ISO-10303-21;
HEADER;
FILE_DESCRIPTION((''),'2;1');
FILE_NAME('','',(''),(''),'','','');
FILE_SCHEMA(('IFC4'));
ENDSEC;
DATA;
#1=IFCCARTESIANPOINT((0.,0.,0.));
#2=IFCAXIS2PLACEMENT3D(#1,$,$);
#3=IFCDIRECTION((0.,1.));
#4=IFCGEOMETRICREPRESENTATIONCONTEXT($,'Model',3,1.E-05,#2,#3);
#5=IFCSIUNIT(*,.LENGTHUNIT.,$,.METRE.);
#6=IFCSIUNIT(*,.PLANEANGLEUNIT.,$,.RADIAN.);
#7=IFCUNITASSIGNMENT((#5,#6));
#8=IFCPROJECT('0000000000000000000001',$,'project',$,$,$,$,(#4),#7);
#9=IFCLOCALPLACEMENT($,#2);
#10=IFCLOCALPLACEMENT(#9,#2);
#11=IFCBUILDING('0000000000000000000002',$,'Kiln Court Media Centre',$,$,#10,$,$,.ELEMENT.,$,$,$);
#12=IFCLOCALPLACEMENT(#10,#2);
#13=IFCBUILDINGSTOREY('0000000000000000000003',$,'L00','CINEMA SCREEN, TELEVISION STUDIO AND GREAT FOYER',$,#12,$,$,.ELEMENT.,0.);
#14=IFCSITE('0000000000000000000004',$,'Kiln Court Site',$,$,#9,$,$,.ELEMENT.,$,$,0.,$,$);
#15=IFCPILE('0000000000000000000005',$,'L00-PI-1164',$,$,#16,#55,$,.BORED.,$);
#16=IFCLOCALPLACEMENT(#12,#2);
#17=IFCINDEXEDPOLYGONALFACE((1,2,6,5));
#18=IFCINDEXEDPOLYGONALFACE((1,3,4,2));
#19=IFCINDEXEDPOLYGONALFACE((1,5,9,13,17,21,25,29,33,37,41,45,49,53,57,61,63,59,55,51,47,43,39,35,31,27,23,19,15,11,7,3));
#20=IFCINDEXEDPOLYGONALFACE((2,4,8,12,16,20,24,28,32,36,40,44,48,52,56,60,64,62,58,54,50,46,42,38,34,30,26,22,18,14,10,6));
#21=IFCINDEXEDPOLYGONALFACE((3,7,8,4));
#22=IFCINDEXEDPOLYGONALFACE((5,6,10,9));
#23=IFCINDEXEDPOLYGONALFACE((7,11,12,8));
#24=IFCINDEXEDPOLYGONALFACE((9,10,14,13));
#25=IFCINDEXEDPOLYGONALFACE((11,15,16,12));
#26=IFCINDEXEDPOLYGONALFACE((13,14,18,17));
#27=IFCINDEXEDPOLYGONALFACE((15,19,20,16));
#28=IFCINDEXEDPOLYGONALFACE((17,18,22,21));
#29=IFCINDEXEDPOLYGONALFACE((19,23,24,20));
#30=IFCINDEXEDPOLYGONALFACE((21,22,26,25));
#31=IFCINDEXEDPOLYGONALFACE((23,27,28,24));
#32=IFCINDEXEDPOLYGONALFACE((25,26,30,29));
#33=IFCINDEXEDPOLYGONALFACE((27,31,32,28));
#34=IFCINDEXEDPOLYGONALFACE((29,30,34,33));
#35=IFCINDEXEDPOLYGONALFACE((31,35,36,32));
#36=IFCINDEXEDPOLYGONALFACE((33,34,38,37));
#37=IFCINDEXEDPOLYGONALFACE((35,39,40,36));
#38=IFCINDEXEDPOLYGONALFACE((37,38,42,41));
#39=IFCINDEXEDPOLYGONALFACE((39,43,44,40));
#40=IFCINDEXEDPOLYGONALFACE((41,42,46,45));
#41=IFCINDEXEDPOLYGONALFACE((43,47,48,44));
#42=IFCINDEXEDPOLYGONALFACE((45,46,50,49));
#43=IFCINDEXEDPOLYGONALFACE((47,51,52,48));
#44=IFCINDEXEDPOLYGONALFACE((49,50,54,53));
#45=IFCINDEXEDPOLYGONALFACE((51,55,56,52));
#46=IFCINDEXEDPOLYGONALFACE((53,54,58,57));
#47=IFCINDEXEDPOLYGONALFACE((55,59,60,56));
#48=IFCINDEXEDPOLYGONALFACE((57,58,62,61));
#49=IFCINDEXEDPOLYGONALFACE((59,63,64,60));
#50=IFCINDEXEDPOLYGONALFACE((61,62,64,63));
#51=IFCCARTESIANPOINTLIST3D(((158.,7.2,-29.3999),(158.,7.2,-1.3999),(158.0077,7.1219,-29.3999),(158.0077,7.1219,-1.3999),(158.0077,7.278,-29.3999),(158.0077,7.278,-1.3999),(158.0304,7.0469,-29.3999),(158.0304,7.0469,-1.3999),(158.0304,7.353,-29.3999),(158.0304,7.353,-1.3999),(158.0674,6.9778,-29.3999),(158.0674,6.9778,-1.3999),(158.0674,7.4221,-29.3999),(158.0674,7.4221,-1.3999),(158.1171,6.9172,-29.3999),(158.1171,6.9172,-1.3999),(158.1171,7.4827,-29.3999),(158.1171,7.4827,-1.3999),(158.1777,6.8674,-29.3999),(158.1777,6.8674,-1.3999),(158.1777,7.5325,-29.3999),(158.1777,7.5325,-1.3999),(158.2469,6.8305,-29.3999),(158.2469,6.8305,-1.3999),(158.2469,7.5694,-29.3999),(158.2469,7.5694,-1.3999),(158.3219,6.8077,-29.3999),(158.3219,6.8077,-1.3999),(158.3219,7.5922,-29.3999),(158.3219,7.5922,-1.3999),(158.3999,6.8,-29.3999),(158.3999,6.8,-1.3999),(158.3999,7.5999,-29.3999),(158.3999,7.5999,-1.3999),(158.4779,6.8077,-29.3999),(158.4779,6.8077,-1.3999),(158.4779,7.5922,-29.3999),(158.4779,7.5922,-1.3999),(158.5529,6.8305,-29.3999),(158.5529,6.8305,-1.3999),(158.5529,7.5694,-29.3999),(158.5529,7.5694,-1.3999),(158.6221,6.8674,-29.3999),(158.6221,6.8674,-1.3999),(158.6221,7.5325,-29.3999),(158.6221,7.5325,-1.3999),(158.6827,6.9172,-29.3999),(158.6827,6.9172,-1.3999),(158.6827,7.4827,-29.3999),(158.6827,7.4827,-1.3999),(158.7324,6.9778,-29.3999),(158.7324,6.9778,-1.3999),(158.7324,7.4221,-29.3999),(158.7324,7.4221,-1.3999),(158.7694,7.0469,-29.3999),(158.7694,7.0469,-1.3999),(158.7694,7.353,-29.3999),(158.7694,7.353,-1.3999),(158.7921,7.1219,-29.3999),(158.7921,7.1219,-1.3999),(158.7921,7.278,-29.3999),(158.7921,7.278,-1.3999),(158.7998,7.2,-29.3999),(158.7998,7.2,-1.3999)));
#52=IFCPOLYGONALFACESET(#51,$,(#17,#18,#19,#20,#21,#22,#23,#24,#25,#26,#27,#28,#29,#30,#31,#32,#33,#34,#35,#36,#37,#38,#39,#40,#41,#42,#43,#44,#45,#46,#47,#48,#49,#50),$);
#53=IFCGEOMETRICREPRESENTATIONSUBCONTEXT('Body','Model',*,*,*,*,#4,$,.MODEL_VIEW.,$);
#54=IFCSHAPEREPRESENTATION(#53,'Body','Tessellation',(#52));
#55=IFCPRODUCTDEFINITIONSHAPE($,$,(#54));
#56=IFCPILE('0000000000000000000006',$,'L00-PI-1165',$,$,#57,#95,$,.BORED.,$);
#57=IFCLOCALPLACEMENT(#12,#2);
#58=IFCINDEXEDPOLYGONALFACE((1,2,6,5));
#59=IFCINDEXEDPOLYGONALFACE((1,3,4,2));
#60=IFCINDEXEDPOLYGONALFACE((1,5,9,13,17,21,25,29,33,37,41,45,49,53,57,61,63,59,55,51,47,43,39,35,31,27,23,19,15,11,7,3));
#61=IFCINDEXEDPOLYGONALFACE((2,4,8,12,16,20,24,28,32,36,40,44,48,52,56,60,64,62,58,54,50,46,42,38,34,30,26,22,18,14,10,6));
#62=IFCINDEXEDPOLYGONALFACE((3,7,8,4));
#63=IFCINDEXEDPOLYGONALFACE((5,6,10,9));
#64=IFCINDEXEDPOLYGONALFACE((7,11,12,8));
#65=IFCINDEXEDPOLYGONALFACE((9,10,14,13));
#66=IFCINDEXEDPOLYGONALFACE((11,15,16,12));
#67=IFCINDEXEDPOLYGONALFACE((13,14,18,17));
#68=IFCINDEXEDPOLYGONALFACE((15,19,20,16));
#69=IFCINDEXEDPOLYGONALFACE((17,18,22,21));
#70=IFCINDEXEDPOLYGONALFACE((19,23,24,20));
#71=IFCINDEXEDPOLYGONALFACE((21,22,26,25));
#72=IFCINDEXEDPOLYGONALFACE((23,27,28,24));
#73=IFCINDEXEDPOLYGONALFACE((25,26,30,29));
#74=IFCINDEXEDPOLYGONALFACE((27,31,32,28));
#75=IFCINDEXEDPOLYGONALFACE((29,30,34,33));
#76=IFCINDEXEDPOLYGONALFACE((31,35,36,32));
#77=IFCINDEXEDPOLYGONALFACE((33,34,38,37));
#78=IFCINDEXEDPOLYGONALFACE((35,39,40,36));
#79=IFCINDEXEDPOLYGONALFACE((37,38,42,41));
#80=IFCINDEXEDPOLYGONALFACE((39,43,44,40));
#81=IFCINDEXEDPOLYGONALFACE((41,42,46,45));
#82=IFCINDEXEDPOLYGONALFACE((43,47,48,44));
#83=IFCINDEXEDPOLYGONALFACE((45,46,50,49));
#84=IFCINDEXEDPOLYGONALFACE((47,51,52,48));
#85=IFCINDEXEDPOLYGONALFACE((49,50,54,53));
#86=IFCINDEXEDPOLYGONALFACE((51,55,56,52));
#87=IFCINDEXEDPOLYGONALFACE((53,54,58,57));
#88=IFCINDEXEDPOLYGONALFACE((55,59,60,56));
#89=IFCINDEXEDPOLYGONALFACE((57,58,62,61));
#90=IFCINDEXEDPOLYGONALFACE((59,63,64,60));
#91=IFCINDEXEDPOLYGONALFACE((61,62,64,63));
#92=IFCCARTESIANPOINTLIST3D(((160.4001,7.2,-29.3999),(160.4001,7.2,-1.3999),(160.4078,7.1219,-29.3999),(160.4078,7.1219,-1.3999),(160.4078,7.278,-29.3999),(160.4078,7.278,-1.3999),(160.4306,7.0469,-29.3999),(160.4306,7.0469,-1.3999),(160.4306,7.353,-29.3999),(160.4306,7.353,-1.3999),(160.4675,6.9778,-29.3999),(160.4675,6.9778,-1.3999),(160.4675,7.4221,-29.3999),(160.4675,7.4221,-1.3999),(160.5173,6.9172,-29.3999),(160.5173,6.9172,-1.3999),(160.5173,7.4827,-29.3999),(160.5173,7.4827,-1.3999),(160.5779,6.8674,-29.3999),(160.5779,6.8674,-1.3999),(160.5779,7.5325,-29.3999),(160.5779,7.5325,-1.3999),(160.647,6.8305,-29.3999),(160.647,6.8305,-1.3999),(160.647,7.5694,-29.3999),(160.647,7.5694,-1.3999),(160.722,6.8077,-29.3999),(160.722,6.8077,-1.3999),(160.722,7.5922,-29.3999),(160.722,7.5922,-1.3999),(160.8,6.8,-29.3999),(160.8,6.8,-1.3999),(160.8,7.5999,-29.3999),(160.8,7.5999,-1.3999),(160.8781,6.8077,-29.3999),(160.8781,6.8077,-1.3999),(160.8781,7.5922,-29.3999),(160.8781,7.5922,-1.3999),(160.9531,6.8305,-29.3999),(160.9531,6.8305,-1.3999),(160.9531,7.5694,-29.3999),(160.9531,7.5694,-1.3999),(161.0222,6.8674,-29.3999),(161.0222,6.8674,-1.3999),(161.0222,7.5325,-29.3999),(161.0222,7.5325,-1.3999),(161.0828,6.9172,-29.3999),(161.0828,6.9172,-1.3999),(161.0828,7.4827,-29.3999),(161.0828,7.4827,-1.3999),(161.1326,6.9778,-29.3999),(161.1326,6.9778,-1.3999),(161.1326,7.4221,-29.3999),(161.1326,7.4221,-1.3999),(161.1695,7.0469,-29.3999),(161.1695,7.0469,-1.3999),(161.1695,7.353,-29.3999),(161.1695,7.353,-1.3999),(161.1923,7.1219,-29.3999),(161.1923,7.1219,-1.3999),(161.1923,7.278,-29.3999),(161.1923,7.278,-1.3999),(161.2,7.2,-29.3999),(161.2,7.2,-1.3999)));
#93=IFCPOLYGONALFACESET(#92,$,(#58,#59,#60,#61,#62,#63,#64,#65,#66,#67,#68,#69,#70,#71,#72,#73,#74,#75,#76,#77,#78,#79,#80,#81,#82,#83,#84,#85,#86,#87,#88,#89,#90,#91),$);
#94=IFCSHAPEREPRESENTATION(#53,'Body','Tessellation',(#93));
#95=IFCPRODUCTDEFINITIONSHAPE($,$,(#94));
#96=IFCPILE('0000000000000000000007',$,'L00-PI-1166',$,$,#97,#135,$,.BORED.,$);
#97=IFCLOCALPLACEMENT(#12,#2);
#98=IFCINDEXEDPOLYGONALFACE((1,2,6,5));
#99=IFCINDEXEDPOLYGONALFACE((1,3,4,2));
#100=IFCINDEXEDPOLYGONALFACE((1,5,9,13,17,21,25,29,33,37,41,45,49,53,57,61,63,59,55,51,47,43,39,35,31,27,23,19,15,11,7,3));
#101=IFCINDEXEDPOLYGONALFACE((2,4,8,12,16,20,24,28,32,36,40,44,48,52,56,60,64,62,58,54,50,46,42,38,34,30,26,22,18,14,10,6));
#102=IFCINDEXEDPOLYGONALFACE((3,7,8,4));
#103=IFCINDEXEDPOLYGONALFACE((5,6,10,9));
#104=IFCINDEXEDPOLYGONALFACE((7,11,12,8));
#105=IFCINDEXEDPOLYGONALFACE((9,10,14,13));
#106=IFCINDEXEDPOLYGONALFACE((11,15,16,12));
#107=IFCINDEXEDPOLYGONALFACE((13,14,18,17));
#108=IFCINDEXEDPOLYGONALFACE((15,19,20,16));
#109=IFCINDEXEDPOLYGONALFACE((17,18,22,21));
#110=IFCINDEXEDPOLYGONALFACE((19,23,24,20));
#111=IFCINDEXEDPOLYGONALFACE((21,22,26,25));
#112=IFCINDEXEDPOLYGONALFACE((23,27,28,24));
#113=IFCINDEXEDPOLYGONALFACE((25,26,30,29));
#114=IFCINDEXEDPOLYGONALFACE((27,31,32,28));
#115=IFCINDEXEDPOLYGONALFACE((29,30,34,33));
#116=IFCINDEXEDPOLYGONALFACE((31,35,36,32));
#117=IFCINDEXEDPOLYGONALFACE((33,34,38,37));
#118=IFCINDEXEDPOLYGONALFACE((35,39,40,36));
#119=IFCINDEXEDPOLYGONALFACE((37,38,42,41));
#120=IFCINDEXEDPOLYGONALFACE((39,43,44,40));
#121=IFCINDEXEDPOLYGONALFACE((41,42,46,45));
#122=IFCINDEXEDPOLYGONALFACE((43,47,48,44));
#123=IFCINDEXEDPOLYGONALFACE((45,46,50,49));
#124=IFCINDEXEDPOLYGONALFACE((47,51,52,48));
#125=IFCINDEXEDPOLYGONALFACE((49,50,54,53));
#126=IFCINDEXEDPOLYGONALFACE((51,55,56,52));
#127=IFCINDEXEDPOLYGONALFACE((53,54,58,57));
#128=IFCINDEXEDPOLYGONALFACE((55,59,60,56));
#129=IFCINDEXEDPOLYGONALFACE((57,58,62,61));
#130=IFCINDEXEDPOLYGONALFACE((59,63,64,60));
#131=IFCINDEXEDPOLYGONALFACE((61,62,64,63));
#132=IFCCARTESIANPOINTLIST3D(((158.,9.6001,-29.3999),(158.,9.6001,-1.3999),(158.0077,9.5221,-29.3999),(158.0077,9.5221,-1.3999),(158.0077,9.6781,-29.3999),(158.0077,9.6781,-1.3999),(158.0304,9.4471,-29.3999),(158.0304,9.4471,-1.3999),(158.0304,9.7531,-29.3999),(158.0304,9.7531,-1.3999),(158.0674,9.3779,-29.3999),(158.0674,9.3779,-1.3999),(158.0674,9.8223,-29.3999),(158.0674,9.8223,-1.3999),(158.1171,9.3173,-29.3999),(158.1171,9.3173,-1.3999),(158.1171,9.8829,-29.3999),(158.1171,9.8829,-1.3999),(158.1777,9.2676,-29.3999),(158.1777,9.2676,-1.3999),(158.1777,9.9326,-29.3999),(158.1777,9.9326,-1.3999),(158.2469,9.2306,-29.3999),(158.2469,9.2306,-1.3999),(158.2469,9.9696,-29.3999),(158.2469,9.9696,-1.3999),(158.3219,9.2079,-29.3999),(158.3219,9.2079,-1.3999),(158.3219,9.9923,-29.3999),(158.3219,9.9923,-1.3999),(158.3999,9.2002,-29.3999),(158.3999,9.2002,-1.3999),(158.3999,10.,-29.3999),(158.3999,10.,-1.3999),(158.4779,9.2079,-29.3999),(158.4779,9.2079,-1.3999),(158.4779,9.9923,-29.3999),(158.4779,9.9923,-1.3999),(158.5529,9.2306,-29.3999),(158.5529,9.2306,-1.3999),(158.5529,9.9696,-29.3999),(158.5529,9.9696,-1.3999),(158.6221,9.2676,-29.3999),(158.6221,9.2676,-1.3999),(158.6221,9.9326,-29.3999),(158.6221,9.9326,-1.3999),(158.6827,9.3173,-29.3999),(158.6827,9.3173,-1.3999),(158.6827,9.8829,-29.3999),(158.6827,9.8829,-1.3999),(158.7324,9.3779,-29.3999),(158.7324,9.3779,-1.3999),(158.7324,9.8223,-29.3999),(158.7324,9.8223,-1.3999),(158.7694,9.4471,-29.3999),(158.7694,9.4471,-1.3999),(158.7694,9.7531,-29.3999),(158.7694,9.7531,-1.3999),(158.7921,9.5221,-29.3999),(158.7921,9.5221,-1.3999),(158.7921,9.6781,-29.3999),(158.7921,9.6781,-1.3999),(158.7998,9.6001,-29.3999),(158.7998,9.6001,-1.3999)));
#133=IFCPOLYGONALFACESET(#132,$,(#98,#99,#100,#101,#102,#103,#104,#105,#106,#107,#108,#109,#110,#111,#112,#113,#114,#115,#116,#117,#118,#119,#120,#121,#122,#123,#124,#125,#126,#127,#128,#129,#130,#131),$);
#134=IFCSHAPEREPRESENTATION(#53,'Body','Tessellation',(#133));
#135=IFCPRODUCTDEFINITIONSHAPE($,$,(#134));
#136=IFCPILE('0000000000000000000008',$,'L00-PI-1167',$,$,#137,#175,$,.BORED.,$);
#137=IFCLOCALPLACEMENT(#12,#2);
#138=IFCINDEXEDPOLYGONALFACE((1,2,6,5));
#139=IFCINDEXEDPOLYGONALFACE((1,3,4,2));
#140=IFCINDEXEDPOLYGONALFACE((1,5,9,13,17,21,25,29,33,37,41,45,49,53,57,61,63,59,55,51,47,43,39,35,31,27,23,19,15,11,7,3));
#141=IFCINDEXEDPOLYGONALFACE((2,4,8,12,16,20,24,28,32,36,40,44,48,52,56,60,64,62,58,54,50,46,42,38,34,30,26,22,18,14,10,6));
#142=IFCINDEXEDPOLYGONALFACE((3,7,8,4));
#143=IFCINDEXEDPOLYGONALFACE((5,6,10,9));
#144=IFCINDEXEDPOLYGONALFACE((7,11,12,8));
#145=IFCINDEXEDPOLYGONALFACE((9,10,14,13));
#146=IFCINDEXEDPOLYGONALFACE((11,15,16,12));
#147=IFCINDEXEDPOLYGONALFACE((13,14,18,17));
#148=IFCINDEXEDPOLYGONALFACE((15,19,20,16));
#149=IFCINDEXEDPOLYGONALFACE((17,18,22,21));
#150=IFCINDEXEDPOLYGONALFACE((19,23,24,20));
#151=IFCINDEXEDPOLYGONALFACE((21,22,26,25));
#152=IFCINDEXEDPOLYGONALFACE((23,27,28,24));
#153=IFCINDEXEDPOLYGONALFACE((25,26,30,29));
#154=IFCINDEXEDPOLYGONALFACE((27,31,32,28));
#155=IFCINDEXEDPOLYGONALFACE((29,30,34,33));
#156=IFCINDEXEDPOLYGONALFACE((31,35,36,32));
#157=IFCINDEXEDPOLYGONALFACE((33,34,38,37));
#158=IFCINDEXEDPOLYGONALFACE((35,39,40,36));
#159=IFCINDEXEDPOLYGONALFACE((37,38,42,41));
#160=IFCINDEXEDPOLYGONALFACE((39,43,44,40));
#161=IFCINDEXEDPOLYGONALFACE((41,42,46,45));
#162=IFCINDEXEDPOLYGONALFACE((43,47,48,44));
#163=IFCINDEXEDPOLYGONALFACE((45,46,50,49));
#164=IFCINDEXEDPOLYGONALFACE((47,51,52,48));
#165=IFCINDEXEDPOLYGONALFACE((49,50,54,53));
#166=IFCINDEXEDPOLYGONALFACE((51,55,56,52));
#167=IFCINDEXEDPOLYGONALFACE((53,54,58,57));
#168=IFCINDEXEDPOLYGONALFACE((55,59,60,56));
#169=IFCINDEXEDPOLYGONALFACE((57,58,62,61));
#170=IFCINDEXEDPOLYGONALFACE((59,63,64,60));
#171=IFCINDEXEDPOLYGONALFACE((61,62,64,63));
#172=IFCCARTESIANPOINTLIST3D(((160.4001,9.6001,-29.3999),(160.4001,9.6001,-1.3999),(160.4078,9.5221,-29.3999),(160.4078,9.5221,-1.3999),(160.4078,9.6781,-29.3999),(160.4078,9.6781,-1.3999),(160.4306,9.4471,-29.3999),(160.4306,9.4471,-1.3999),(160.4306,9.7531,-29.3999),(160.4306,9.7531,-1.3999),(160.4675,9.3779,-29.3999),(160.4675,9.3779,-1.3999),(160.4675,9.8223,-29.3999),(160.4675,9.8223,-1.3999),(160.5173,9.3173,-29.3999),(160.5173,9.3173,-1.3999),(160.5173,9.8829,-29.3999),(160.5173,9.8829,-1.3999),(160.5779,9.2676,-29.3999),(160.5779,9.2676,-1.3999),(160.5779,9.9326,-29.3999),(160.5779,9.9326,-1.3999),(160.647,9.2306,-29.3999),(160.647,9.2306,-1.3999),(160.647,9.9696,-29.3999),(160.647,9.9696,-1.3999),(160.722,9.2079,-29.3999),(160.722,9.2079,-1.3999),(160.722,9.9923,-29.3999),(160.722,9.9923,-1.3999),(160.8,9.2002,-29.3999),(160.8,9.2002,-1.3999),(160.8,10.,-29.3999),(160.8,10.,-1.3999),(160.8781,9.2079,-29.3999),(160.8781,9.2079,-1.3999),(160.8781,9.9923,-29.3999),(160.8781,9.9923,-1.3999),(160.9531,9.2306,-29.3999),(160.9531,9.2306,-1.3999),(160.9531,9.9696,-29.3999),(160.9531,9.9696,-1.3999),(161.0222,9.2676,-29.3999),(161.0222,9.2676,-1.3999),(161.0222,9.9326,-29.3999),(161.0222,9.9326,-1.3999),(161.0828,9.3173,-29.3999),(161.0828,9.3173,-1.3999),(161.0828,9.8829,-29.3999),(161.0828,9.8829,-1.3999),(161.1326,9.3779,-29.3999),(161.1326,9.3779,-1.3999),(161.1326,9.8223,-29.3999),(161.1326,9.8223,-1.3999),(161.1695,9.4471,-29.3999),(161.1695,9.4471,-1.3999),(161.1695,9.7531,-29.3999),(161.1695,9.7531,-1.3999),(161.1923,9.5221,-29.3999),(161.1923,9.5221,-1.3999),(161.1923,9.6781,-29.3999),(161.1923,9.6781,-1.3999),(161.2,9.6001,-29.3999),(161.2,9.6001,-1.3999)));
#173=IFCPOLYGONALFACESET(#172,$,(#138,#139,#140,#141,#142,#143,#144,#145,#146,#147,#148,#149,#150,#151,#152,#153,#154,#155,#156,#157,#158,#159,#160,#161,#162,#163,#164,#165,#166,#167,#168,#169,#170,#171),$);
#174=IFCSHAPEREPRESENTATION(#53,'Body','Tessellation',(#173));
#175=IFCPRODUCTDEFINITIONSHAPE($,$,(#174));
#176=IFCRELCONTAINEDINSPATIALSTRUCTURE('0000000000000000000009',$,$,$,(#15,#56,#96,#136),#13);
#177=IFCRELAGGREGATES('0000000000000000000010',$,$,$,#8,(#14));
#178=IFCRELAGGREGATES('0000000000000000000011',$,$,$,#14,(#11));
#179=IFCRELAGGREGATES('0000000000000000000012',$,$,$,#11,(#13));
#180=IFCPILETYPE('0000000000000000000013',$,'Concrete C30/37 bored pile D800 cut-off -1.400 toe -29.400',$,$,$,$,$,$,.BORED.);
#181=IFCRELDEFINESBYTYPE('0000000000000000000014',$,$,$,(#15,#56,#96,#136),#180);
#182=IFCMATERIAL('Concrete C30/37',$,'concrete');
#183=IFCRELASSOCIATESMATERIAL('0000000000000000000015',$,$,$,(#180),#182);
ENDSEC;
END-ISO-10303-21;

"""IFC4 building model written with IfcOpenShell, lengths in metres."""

from ifc_helpers import new_model, si_unit, direction, frame, origin, origin_2d, place, context, subcontext, project, spatial, circle, extrude, material, material_profile, profile_set, type_object, element, save


model = new_model("IFC4")

# Units and contexts
model_context = context("Model", 3, precision=1e-05, world=origin(), true_north=direction((0.0, 1.0)))
body_context = subcontext(model_context, "Body", "Model", "MODEL_VIEW")
ifc_project = project(units=[si_unit("LENGTHUNIT", "METRE"), si_unit("PLANEANGLEUNIT", "RADIAN")], contexts=[model_context])

# Site, building, storey
site_placement = place(None, origin())
site = spatial("IfcSite", under=ifc_project, at=site_placement, Name="Kiln Court Site", CompositionType="ELEMENT", RefElevation=0.0)
building_placement = place(site_placement, origin())
building = spatial("IfcBuilding", under=site, at=building_placement, Name="Kiln Court Media Centre", CompositionType="ELEMENT")
storey_placement = place(building_placement, origin())
storey = spatial("IfcBuildingStorey", under=building, at=storey_placement, Name="L00", Description="CINEMA SCREEN, TELEVISION STUDIO AND GREAT FOYER", CompositionType="ELEMENT", Elevation=0.0)

# Piles
ifc_material_1 = material(Name="Concrete C30/37", Category="concrete")
ifc_material_profile_1 = material_profile(ifc_material_1, circle(Radius=0.3999, at=origin_2d()), Name="PILE D800")
ifc_profile_set_1 = profile_set([ifc_material_profile_1], Name="Concrete C30/37")
pile_type_1 = type_object("IfcPileType", Name="Concrete C30/37 bored pile D800 cut-off -1.400 toe -29.400", PredefinedType="BORED", material=ifc_profile_set_1)
for number, where, z_axis, x_axis, name in (
    (1, (158.3999, 7.2, -1.3999), (0.0, 0.0, -1.0), (1.0, 0.0, 0.0), "L00-PI-1164"),
    (2, (160.8, 7.2, -1.3999), (0.0, 0.0, -1.0), (1.0, 0.0, 0.0), "L00-PI-1165"),
    (3, (158.3999, 9.6001, -1.3999), (0.0, 0.0, -1.0), (1.0, 0.0, 0.0), "L00-PI-1166"),
    (4, (160.8, 9.6001, -1.3999), (0.0, 0.0, -1.0), (1.0, 0.0, 0.0), "L00-PI-1167"),
):
    element("IfcPile", number, at=place(storey_placement, frame(where, z_axis=z_axis, x_axis=x_axis)), inside=storey, type_object=pile_type_1, Name=name, PredefinedType="BORED", context=body_context, shape_type="SweptSolid", body=[
        extrude(circle(Radius=0.3999, at=origin_2d()), origin(), (0.0, 0.0, 1.0), 28.0),
    ])

save(model, "model.ifc")
